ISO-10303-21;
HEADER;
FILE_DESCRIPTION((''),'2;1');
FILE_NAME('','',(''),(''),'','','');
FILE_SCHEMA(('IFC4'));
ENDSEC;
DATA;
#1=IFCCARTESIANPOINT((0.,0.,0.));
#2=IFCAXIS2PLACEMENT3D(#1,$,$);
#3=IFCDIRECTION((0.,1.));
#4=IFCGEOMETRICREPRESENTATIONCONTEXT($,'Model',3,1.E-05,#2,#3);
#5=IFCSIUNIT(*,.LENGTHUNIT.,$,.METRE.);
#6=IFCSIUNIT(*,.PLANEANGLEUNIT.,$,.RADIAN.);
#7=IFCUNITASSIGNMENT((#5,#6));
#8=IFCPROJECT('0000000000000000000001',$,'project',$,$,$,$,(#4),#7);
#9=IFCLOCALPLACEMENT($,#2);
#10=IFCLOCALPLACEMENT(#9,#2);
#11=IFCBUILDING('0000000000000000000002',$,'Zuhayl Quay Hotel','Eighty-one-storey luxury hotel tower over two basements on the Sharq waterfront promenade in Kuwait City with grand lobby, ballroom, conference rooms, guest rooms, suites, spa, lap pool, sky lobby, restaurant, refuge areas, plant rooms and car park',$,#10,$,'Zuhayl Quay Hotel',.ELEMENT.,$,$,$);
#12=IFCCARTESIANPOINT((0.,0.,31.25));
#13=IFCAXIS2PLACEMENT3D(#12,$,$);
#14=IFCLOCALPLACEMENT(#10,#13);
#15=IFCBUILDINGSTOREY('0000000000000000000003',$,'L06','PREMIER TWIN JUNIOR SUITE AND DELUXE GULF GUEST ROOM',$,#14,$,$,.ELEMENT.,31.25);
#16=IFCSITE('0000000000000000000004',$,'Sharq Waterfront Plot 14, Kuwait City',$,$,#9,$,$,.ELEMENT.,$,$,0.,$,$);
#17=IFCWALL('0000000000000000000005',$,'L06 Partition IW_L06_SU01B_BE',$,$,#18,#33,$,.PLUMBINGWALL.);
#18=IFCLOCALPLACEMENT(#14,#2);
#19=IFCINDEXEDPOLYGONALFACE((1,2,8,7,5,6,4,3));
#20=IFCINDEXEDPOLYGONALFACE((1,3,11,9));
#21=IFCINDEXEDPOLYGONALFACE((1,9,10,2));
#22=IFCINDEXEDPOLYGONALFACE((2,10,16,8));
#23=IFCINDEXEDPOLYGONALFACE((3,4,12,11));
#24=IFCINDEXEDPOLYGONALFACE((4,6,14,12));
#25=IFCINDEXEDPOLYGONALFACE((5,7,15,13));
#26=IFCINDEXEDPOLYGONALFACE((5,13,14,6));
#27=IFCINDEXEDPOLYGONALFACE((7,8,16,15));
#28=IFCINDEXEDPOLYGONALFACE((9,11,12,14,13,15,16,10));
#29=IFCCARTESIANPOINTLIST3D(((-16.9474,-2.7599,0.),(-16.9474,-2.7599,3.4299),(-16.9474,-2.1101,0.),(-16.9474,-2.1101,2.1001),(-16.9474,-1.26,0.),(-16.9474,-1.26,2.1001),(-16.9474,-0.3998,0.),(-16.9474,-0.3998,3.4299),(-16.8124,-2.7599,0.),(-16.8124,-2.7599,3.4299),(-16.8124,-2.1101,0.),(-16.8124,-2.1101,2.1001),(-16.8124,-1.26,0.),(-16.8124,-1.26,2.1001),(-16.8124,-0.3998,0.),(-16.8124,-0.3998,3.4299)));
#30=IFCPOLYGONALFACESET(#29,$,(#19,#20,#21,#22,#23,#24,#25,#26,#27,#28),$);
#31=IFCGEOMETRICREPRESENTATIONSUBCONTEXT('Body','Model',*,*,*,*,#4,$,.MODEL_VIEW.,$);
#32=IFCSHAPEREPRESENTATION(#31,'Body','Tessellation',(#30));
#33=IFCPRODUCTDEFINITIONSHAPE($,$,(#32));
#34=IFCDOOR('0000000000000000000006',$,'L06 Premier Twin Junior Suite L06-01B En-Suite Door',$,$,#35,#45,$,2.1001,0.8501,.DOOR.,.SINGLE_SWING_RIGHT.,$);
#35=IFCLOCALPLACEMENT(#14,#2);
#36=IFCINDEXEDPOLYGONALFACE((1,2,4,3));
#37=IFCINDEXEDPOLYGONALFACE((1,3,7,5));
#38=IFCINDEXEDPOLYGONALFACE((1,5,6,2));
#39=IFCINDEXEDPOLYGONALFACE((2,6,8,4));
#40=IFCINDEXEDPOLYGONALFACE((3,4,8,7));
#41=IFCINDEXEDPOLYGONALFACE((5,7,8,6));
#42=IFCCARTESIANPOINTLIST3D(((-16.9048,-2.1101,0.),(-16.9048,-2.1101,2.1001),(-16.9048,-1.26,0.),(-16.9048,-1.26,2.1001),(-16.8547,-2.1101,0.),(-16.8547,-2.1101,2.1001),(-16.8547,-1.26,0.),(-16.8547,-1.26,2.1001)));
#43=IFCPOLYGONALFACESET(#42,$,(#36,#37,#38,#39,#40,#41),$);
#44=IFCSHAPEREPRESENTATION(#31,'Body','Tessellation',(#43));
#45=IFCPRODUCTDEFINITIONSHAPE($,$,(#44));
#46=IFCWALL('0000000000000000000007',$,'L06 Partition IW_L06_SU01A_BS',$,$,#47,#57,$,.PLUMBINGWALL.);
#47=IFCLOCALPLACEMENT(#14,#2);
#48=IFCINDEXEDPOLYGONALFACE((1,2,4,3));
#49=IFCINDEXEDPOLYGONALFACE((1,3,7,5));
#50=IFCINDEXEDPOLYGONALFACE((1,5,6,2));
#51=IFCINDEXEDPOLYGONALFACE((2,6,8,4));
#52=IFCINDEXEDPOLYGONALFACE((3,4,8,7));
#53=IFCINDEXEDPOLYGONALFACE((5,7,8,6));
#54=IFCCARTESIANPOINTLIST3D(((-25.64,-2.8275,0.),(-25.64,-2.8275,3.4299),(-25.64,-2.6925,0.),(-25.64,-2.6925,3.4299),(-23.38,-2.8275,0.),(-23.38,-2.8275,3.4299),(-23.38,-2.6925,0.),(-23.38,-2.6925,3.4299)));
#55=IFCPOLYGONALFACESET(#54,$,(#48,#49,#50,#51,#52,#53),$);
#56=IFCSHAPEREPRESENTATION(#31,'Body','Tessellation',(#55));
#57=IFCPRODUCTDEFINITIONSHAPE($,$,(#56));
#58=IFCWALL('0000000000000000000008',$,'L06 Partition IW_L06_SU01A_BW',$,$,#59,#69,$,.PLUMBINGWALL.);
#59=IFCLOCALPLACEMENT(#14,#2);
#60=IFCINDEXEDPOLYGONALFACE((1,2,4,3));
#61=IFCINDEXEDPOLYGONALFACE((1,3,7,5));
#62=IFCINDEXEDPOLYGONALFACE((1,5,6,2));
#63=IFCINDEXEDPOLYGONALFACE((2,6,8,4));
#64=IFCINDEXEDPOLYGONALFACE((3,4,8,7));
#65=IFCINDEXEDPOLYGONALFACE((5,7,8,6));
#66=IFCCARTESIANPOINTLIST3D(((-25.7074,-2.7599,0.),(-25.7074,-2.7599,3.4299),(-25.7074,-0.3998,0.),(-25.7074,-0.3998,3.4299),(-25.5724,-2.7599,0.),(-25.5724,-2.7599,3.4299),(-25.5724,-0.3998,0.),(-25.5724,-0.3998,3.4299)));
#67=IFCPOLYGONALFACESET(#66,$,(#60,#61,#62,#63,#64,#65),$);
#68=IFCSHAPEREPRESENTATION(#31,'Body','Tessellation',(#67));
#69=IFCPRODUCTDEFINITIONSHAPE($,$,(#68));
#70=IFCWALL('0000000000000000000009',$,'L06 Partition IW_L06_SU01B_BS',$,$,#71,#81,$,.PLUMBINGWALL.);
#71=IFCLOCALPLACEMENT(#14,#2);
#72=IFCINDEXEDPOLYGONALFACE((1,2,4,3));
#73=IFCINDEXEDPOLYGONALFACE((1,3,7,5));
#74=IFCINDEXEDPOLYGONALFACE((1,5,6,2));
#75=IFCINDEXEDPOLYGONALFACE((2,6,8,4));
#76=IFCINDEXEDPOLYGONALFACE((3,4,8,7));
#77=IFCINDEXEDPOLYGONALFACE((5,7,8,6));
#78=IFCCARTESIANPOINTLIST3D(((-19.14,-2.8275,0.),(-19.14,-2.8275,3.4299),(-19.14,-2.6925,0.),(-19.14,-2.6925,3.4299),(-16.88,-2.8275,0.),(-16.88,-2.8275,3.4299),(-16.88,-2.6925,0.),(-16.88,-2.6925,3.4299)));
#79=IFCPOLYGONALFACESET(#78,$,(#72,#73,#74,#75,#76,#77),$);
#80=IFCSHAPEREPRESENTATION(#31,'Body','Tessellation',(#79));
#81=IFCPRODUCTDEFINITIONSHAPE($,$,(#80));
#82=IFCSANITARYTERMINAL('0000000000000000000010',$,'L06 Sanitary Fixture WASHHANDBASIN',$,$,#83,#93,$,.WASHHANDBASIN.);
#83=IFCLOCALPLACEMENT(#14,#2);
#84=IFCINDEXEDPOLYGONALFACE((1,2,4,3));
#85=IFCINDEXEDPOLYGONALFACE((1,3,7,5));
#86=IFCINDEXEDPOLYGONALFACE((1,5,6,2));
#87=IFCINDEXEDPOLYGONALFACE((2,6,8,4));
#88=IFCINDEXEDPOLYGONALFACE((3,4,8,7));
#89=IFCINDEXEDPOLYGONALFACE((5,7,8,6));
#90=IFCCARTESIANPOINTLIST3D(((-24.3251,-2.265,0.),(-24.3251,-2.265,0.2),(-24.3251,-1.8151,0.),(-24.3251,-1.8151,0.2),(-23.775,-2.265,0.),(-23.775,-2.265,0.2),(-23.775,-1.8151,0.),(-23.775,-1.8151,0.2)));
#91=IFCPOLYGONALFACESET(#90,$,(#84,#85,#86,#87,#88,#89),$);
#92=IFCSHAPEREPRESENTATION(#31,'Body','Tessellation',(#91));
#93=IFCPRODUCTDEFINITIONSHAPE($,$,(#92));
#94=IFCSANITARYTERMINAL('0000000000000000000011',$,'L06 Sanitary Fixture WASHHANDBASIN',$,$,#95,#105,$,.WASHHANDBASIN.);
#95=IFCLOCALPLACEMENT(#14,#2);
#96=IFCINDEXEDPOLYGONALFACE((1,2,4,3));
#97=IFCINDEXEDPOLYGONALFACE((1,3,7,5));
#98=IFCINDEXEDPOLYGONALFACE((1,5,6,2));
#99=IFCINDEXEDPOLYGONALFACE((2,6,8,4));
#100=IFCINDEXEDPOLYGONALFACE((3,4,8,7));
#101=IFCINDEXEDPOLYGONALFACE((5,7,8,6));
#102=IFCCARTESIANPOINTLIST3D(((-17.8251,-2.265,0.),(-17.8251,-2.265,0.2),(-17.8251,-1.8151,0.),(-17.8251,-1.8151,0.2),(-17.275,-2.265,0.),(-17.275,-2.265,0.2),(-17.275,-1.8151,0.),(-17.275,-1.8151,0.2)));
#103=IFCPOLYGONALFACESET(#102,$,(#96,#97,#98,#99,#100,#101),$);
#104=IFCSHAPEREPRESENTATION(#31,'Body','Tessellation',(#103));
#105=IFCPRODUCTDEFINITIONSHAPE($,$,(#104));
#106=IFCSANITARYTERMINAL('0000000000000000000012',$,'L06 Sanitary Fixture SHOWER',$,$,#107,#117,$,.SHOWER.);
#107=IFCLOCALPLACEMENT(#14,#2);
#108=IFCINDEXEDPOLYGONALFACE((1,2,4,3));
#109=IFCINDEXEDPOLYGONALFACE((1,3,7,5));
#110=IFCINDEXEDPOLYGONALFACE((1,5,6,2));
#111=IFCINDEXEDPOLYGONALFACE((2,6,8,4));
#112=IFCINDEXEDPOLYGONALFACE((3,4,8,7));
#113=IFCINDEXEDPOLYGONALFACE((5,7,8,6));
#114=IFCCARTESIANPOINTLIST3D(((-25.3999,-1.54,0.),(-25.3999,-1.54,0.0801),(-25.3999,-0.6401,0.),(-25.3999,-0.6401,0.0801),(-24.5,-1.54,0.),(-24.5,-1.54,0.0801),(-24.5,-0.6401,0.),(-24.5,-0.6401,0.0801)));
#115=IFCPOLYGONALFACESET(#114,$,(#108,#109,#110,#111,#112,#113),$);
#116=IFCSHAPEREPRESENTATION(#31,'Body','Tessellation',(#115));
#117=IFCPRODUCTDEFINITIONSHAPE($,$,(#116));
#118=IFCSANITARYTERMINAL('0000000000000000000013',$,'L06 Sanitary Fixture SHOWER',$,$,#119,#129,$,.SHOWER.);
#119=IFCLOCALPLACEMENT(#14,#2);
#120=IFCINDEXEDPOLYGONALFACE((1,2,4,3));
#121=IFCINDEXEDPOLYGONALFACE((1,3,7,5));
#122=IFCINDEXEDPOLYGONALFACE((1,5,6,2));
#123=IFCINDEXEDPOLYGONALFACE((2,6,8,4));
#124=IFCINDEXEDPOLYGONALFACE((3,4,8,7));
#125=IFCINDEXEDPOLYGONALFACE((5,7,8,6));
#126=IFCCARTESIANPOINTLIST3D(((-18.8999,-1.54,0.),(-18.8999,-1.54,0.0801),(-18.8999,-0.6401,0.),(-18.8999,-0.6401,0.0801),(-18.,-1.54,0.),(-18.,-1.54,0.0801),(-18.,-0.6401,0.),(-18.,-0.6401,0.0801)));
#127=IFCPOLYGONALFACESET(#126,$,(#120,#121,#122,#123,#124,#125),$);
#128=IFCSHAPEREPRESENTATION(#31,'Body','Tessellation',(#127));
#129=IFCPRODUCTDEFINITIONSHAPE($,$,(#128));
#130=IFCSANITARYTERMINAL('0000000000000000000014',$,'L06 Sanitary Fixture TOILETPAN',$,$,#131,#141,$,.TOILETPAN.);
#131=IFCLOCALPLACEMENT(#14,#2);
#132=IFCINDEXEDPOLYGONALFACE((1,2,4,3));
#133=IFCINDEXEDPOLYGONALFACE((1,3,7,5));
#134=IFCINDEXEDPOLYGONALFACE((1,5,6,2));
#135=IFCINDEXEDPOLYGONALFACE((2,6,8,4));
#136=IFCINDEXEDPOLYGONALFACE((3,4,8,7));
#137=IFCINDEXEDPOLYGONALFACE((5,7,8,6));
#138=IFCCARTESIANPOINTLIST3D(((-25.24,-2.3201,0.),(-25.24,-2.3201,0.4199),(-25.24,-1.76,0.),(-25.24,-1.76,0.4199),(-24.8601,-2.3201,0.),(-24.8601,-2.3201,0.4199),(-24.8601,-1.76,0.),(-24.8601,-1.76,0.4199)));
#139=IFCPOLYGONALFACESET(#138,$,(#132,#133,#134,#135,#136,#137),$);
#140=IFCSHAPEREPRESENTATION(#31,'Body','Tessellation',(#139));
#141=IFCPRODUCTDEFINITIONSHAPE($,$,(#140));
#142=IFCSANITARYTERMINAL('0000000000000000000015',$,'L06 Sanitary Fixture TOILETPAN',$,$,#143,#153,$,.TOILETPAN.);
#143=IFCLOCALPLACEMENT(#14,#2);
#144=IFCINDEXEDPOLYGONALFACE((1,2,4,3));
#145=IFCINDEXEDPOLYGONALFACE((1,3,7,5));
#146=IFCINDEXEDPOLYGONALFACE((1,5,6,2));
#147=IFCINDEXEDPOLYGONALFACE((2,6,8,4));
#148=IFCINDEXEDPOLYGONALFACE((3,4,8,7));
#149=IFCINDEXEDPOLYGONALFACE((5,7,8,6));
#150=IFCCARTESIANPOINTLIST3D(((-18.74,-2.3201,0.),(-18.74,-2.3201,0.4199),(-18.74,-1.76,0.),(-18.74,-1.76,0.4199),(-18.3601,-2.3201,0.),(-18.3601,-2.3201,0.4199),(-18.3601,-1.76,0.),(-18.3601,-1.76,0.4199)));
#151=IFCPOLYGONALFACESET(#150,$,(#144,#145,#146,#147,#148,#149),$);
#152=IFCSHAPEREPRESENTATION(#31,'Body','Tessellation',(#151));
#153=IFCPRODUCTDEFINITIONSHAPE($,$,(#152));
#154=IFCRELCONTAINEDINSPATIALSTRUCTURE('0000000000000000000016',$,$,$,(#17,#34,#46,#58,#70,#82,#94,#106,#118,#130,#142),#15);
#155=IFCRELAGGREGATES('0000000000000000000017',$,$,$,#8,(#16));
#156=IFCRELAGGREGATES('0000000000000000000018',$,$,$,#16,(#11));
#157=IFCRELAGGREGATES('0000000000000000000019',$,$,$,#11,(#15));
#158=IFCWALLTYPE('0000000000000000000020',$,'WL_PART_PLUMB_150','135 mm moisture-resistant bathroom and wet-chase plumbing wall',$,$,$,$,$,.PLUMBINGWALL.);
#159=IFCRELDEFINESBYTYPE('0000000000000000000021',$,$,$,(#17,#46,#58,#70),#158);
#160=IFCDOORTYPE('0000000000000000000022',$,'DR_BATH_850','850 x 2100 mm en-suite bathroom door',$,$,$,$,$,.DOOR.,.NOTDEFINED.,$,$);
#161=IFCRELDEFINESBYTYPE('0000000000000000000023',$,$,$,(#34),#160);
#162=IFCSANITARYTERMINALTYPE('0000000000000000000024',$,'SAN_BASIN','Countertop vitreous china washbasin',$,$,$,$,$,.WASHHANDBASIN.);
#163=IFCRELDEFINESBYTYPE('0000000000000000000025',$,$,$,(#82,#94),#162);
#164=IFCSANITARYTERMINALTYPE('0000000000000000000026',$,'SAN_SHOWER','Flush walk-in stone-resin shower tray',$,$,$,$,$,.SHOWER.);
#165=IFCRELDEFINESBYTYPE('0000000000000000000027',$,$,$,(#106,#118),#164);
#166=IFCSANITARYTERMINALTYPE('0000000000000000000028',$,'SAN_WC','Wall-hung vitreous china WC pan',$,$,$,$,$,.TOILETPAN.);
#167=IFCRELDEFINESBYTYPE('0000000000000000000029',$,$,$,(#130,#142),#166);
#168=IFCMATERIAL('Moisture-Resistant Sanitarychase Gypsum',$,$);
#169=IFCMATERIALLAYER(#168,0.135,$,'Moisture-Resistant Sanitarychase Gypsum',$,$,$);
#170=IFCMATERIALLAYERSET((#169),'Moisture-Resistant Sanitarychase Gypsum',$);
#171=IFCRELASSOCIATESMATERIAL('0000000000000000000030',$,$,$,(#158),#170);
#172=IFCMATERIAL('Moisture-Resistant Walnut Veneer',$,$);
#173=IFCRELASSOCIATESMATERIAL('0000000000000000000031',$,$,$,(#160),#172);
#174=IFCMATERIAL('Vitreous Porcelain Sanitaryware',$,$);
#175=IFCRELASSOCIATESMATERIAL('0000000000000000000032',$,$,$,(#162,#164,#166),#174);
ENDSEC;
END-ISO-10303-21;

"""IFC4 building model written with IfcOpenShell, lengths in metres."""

from ifc_helpers import new_model, si_unit, direction, frame, frame_2d, origin, origin_2d, place, context, subcontext, project, spatial, rectangle, extrude, material, layer, layer_set, type_object, element, fill, save


model = new_model("IFC4")

# Units and contexts
model_context = context("Model", 3, precision=1e-05, world=origin(), true_north=direction((0.0, 1.0)))
body_context = subcontext(model_context, "Body", "Model", "MODEL_VIEW")
ifc_project = project(units=[si_unit("LENGTHUNIT", "METRE"), si_unit("PLANEANGLEUNIT", "RADIAN")], contexts=[model_context])

# Site, building, storey
site_placement = place(None, origin())
site = spatial("IfcSite", under=ifc_project, at=site_placement, Name="Sharq Waterfront Plot 14, Kuwait City", CompositionType="ELEMENT", RefElevation=0.0)
building_placement = place(site_placement, origin())
building = spatial("IfcBuilding", under=site, at=building_placement, Name="Zuhayl Quay Hotel", Description="Eighty-one-storey luxury hotel tower over two basements on the Sharq waterfront promenade in Kuwait City with grand lobby, ballroom, conference rooms, guest rooms, suites, spa, lap pool, sky lobby, restaurant, refuge areas, plant rooms and car park", LongName="Zuhayl Quay Hotel", CompositionType="ELEMENT")
storey_placement = place(building_placement, frame((0.0, 0.0, 31.25)))
storey = spatial("IfcBuildingStorey", under=building, at=storey_placement, Name="L06", Description="PREMIER TWIN JUNIOR SUITE AND DELUXE GULF GUEST ROOM", CompositionType="ELEMENT", Elevation=31.25)

# Wall, opening, door
ifc_material_1 = material(Name="Moisture-Resistant Sanitarychase Gypsum")
ifc_layer_1 = layer(ifc_material_1, 0.135, Name="Moisture-Resistant Sanitarychase Gypsum")
ifc_layer_set_1 = layer_set([ifc_layer_1], Name="Moisture-Resistant Sanitarychase Gypsum")
wall_type_1 = type_object("IfcWallType", Name="WL_PART_PLUMB_150", Description="135 mm moisture-resistant bathroom and wet-chase plumbing wall", PredefinedType="PLUMBINGWALL", material=ifc_layer_set_1)
ifc_material_2 = material(Name="Moisture-Resistant Walnut Veneer")
door_type_1 = type_object("IfcDoorType", Name="DR_BATH_850", Description="850 x 2100 mm en-suite bathroom door", OperationType="NOTDEFINED", PredefinedType="DOOR", material=ifc_material_2)
wall_1_placement = place(storey_placement, frame((-16.8799, -2.76, 0.0), z_axis=(0.0, 0.0, 1.0), x_axis=(0.0, 1.0, 0.0)))
wall_1 = element("IfcWall", 1, at=wall_1_placement, inside=storey, type_object=wall_type_1, Name="L06 Partition IW_L06_SU01B_BE", PredefinedType="PLUMBINGWALL", context=body_context, shape_type="SweptSolid", body=[
    extrude(rectangle(XDim=2.3601, YDim=0.135, at=frame_2d((1.1802, 0.0))), origin(), (0.0, 0.0, 1.0), 3.4299),
])
opening_1_placement = place(wall_1_placement, frame((0.6499, 0.0, 0.0)))
opening_1 = element("IfcOpeningElement", 2, at=opening_1_placement, cuts=wall_1, PredefinedType="OPENING", context=body_context, shape_type="SweptSolid", body=[
    extrude(rectangle(XDim=0.8501, YDim=2.1001, at=frame_2d((0.425, 1.05))), frame((0.0, 0.0774, 0.0), z_axis=(0.0, -1.0, 0.0), x_axis=(1.0, 0.0, 0.0)), (0.0, 0.0, 1.0), 0.155),
])
door_1_placement = place(opening_1_placement, origin())
door_1 = element("IfcDoor", 3, at=door_1_placement, inside=storey, type_object=door_type_1, Name="L06 Premier Twin Junior Suite L06-01B En-Suite Door", OperationType="SINGLE_SWING_RIGHT", OverallHeight=2.1001, OverallWidth=0.8501, PredefinedType="DOOR", context=body_context, shape_type="SweptSolid", body=[
    extrude(rectangle(XDim=0.8501, YDim=2.1001, at=frame_2d((0.425, 1.05))), frame((0.0, 0.0249, 0.0), z_axis=(0.0, -1.0, 0.0), x_axis=(1.0, 0.0, 0.0)), (0.0, 0.0, 1.0), 0.05),
])
fill(opening_1, door_1)

# Walls
wall_2_placement = place(storey_placement, frame((-25.6399, -2.76, 0.0), z_axis=(0.0, 0.0, 1.0), x_axis=(1.0, 0.0, 0.0)))
element("IfcWall", 4, at=wall_2_placement, inside=storey, type_object=wall_type_1, Name="L06 Partition IW_L06_SU01A_BS", PredefinedType="PLUMBINGWALL", context=body_context, shape_type="SweptSolid", body=[
    extrude(rectangle(XDim=2.26, YDim=0.135, at=frame_2d((1.1299, 0.0))), origin(), (0.0, 0.0, 1.0), 3.4299),
])
wall_3_placement = place(storey_placement, frame((-25.6399, -2.76, 0.0), z_axis=(0.0, 0.0, 1.0), x_axis=(0.0, 1.0, 0.0)))
element("IfcWall", 5, at=wall_3_placement, inside=storey, type_object=wall_type_1, Name="L06 Partition IW_L06_SU01A_BW", PredefinedType="PLUMBINGWALL", context=body_context, shape_type="SweptSolid", body=[
    extrude(rectangle(XDim=2.3601, YDim=0.135, at=frame_2d((1.1802, 0.0))), origin(), (0.0, 0.0, 1.0), 3.4299),
])
wall_4_placement = place(storey_placement, frame((-19.1399, -2.76, 0.0), z_axis=(0.0, 0.0, 1.0), x_axis=(1.0, 0.0, 0.0)))
element("IfcWall", 6, at=wall_4_placement, inside=storey, type_object=wall_type_1, Name="L06 Partition IW_L06_SU01B_BS", PredefinedType="PLUMBINGWALL", context=body_context, shape_type="SweptSolid", body=[
    extrude(rectangle(XDim=2.26, YDim=0.135, at=frame_2d((1.1299, 0.0))), origin(), (0.0, 0.0, 1.0), 3.4299),
])

# Sanitary terminals
ifc_material_3 = material(Name="Vitreous Porcelain Sanitaryware")
sanitary_terminal_type_1 = type_object("IfcSanitaryTerminalType", Name="SAN_BASIN", Description="Countertop vitreous china washbasin", PredefinedType="WASHHANDBASIN", material=ifc_material_3)
for number, where, z_axis, x_axis, name in (
    (7, (-24.05, -2.04, 0.0), (0.0, 0.0, 1.0), (1.0, 0.0, 0.0), "L06 Sanitary Fixture WASHHANDBASIN"),
    (8, (-17.55, -2.04, 0.0), (0.0, 0.0, 1.0), (1.0, 0.0, 0.0), "L06 Sanitary Fixture WASHHANDBASIN"),
):
    element("IfcSanitaryTerminal", number, at=place(storey_placement, frame(where, z_axis=z_axis, x_axis=x_axis)), inside=storey, type_object=sanitary_terminal_type_1, Name=name, PredefinedType="WASHHANDBASIN", context=body_context, shape_type="SweptSolid", body=[
        extrude(rectangle(XDim=0.55, YDim=0.45, at=origin_2d()), origin(), (0.0, 0.0, 1.0), 0.2),
    ])
sanitary_terminal_type_2 = type_object("IfcSanitaryTerminalType", Name="SAN_SHOWER", Description="Flush walk-in stone-resin shower tray", PredefinedType="SHOWER", material=ifc_material_3)
for number, where, z_axis, x_axis, name in (
    (9, (-24.95, -1.0901, 0.0), (0.0, 0.0, 1.0), (1.0, 0.0, 0.0), "L06 Sanitary Fixture SHOWER"),
    (10, (-18.45, -1.0901, 0.0), (0.0, 0.0, 1.0), (1.0, 0.0, 0.0), "L06 Sanitary Fixture SHOWER"),
):
    element("IfcSanitaryTerminal", number, at=place(storey_placement, frame(where, z_axis=z_axis, x_axis=x_axis)), inside=storey, type_object=sanitary_terminal_type_2, Name=name, PredefinedType="SHOWER", context=body_context, shape_type="SweptSolid", body=[
        extrude(rectangle(XDim=0.8999, YDim=0.8999, at=origin_2d()), origin(), (0.0, 0.0, 1.0), 0.0801),
    ])
sanitary_terminal_type_3 = type_object("IfcSanitaryTerminalType", Name="SAN_WC", Description="Wall-hung vitreous china WC pan", PredefinedType="TOILETPAN", material=ifc_material_3)
for number, where, z_axis, x_axis, name in (
    (11, (-25.05, -2.04, 0.0), (0.0, 0.0, 1.0), (1.0, 0.0, 0.0), "L06 Sanitary Fixture TOILETPAN"),
    (12, (-18.55, -2.04, 0.0), (0.0, 0.0, 1.0), (1.0, 0.0, 0.0), "L06 Sanitary Fixture TOILETPAN"),
):
    element("IfcSanitaryTerminal", number, at=place(storey_placement, frame(where, z_axis=z_axis, x_axis=x_axis)), inside=storey, type_object=sanitary_terminal_type_3, Name=name, PredefinedType="TOILETPAN", context=body_context, shape_type="SweptSolid", body=[
        extrude(rectangle(XDim=0.3799, YDim=0.5601, at=origin_2d()), origin(), (0.0, 0.0, 1.0), 0.4199),
    ])

save(model, "model.ifc")
